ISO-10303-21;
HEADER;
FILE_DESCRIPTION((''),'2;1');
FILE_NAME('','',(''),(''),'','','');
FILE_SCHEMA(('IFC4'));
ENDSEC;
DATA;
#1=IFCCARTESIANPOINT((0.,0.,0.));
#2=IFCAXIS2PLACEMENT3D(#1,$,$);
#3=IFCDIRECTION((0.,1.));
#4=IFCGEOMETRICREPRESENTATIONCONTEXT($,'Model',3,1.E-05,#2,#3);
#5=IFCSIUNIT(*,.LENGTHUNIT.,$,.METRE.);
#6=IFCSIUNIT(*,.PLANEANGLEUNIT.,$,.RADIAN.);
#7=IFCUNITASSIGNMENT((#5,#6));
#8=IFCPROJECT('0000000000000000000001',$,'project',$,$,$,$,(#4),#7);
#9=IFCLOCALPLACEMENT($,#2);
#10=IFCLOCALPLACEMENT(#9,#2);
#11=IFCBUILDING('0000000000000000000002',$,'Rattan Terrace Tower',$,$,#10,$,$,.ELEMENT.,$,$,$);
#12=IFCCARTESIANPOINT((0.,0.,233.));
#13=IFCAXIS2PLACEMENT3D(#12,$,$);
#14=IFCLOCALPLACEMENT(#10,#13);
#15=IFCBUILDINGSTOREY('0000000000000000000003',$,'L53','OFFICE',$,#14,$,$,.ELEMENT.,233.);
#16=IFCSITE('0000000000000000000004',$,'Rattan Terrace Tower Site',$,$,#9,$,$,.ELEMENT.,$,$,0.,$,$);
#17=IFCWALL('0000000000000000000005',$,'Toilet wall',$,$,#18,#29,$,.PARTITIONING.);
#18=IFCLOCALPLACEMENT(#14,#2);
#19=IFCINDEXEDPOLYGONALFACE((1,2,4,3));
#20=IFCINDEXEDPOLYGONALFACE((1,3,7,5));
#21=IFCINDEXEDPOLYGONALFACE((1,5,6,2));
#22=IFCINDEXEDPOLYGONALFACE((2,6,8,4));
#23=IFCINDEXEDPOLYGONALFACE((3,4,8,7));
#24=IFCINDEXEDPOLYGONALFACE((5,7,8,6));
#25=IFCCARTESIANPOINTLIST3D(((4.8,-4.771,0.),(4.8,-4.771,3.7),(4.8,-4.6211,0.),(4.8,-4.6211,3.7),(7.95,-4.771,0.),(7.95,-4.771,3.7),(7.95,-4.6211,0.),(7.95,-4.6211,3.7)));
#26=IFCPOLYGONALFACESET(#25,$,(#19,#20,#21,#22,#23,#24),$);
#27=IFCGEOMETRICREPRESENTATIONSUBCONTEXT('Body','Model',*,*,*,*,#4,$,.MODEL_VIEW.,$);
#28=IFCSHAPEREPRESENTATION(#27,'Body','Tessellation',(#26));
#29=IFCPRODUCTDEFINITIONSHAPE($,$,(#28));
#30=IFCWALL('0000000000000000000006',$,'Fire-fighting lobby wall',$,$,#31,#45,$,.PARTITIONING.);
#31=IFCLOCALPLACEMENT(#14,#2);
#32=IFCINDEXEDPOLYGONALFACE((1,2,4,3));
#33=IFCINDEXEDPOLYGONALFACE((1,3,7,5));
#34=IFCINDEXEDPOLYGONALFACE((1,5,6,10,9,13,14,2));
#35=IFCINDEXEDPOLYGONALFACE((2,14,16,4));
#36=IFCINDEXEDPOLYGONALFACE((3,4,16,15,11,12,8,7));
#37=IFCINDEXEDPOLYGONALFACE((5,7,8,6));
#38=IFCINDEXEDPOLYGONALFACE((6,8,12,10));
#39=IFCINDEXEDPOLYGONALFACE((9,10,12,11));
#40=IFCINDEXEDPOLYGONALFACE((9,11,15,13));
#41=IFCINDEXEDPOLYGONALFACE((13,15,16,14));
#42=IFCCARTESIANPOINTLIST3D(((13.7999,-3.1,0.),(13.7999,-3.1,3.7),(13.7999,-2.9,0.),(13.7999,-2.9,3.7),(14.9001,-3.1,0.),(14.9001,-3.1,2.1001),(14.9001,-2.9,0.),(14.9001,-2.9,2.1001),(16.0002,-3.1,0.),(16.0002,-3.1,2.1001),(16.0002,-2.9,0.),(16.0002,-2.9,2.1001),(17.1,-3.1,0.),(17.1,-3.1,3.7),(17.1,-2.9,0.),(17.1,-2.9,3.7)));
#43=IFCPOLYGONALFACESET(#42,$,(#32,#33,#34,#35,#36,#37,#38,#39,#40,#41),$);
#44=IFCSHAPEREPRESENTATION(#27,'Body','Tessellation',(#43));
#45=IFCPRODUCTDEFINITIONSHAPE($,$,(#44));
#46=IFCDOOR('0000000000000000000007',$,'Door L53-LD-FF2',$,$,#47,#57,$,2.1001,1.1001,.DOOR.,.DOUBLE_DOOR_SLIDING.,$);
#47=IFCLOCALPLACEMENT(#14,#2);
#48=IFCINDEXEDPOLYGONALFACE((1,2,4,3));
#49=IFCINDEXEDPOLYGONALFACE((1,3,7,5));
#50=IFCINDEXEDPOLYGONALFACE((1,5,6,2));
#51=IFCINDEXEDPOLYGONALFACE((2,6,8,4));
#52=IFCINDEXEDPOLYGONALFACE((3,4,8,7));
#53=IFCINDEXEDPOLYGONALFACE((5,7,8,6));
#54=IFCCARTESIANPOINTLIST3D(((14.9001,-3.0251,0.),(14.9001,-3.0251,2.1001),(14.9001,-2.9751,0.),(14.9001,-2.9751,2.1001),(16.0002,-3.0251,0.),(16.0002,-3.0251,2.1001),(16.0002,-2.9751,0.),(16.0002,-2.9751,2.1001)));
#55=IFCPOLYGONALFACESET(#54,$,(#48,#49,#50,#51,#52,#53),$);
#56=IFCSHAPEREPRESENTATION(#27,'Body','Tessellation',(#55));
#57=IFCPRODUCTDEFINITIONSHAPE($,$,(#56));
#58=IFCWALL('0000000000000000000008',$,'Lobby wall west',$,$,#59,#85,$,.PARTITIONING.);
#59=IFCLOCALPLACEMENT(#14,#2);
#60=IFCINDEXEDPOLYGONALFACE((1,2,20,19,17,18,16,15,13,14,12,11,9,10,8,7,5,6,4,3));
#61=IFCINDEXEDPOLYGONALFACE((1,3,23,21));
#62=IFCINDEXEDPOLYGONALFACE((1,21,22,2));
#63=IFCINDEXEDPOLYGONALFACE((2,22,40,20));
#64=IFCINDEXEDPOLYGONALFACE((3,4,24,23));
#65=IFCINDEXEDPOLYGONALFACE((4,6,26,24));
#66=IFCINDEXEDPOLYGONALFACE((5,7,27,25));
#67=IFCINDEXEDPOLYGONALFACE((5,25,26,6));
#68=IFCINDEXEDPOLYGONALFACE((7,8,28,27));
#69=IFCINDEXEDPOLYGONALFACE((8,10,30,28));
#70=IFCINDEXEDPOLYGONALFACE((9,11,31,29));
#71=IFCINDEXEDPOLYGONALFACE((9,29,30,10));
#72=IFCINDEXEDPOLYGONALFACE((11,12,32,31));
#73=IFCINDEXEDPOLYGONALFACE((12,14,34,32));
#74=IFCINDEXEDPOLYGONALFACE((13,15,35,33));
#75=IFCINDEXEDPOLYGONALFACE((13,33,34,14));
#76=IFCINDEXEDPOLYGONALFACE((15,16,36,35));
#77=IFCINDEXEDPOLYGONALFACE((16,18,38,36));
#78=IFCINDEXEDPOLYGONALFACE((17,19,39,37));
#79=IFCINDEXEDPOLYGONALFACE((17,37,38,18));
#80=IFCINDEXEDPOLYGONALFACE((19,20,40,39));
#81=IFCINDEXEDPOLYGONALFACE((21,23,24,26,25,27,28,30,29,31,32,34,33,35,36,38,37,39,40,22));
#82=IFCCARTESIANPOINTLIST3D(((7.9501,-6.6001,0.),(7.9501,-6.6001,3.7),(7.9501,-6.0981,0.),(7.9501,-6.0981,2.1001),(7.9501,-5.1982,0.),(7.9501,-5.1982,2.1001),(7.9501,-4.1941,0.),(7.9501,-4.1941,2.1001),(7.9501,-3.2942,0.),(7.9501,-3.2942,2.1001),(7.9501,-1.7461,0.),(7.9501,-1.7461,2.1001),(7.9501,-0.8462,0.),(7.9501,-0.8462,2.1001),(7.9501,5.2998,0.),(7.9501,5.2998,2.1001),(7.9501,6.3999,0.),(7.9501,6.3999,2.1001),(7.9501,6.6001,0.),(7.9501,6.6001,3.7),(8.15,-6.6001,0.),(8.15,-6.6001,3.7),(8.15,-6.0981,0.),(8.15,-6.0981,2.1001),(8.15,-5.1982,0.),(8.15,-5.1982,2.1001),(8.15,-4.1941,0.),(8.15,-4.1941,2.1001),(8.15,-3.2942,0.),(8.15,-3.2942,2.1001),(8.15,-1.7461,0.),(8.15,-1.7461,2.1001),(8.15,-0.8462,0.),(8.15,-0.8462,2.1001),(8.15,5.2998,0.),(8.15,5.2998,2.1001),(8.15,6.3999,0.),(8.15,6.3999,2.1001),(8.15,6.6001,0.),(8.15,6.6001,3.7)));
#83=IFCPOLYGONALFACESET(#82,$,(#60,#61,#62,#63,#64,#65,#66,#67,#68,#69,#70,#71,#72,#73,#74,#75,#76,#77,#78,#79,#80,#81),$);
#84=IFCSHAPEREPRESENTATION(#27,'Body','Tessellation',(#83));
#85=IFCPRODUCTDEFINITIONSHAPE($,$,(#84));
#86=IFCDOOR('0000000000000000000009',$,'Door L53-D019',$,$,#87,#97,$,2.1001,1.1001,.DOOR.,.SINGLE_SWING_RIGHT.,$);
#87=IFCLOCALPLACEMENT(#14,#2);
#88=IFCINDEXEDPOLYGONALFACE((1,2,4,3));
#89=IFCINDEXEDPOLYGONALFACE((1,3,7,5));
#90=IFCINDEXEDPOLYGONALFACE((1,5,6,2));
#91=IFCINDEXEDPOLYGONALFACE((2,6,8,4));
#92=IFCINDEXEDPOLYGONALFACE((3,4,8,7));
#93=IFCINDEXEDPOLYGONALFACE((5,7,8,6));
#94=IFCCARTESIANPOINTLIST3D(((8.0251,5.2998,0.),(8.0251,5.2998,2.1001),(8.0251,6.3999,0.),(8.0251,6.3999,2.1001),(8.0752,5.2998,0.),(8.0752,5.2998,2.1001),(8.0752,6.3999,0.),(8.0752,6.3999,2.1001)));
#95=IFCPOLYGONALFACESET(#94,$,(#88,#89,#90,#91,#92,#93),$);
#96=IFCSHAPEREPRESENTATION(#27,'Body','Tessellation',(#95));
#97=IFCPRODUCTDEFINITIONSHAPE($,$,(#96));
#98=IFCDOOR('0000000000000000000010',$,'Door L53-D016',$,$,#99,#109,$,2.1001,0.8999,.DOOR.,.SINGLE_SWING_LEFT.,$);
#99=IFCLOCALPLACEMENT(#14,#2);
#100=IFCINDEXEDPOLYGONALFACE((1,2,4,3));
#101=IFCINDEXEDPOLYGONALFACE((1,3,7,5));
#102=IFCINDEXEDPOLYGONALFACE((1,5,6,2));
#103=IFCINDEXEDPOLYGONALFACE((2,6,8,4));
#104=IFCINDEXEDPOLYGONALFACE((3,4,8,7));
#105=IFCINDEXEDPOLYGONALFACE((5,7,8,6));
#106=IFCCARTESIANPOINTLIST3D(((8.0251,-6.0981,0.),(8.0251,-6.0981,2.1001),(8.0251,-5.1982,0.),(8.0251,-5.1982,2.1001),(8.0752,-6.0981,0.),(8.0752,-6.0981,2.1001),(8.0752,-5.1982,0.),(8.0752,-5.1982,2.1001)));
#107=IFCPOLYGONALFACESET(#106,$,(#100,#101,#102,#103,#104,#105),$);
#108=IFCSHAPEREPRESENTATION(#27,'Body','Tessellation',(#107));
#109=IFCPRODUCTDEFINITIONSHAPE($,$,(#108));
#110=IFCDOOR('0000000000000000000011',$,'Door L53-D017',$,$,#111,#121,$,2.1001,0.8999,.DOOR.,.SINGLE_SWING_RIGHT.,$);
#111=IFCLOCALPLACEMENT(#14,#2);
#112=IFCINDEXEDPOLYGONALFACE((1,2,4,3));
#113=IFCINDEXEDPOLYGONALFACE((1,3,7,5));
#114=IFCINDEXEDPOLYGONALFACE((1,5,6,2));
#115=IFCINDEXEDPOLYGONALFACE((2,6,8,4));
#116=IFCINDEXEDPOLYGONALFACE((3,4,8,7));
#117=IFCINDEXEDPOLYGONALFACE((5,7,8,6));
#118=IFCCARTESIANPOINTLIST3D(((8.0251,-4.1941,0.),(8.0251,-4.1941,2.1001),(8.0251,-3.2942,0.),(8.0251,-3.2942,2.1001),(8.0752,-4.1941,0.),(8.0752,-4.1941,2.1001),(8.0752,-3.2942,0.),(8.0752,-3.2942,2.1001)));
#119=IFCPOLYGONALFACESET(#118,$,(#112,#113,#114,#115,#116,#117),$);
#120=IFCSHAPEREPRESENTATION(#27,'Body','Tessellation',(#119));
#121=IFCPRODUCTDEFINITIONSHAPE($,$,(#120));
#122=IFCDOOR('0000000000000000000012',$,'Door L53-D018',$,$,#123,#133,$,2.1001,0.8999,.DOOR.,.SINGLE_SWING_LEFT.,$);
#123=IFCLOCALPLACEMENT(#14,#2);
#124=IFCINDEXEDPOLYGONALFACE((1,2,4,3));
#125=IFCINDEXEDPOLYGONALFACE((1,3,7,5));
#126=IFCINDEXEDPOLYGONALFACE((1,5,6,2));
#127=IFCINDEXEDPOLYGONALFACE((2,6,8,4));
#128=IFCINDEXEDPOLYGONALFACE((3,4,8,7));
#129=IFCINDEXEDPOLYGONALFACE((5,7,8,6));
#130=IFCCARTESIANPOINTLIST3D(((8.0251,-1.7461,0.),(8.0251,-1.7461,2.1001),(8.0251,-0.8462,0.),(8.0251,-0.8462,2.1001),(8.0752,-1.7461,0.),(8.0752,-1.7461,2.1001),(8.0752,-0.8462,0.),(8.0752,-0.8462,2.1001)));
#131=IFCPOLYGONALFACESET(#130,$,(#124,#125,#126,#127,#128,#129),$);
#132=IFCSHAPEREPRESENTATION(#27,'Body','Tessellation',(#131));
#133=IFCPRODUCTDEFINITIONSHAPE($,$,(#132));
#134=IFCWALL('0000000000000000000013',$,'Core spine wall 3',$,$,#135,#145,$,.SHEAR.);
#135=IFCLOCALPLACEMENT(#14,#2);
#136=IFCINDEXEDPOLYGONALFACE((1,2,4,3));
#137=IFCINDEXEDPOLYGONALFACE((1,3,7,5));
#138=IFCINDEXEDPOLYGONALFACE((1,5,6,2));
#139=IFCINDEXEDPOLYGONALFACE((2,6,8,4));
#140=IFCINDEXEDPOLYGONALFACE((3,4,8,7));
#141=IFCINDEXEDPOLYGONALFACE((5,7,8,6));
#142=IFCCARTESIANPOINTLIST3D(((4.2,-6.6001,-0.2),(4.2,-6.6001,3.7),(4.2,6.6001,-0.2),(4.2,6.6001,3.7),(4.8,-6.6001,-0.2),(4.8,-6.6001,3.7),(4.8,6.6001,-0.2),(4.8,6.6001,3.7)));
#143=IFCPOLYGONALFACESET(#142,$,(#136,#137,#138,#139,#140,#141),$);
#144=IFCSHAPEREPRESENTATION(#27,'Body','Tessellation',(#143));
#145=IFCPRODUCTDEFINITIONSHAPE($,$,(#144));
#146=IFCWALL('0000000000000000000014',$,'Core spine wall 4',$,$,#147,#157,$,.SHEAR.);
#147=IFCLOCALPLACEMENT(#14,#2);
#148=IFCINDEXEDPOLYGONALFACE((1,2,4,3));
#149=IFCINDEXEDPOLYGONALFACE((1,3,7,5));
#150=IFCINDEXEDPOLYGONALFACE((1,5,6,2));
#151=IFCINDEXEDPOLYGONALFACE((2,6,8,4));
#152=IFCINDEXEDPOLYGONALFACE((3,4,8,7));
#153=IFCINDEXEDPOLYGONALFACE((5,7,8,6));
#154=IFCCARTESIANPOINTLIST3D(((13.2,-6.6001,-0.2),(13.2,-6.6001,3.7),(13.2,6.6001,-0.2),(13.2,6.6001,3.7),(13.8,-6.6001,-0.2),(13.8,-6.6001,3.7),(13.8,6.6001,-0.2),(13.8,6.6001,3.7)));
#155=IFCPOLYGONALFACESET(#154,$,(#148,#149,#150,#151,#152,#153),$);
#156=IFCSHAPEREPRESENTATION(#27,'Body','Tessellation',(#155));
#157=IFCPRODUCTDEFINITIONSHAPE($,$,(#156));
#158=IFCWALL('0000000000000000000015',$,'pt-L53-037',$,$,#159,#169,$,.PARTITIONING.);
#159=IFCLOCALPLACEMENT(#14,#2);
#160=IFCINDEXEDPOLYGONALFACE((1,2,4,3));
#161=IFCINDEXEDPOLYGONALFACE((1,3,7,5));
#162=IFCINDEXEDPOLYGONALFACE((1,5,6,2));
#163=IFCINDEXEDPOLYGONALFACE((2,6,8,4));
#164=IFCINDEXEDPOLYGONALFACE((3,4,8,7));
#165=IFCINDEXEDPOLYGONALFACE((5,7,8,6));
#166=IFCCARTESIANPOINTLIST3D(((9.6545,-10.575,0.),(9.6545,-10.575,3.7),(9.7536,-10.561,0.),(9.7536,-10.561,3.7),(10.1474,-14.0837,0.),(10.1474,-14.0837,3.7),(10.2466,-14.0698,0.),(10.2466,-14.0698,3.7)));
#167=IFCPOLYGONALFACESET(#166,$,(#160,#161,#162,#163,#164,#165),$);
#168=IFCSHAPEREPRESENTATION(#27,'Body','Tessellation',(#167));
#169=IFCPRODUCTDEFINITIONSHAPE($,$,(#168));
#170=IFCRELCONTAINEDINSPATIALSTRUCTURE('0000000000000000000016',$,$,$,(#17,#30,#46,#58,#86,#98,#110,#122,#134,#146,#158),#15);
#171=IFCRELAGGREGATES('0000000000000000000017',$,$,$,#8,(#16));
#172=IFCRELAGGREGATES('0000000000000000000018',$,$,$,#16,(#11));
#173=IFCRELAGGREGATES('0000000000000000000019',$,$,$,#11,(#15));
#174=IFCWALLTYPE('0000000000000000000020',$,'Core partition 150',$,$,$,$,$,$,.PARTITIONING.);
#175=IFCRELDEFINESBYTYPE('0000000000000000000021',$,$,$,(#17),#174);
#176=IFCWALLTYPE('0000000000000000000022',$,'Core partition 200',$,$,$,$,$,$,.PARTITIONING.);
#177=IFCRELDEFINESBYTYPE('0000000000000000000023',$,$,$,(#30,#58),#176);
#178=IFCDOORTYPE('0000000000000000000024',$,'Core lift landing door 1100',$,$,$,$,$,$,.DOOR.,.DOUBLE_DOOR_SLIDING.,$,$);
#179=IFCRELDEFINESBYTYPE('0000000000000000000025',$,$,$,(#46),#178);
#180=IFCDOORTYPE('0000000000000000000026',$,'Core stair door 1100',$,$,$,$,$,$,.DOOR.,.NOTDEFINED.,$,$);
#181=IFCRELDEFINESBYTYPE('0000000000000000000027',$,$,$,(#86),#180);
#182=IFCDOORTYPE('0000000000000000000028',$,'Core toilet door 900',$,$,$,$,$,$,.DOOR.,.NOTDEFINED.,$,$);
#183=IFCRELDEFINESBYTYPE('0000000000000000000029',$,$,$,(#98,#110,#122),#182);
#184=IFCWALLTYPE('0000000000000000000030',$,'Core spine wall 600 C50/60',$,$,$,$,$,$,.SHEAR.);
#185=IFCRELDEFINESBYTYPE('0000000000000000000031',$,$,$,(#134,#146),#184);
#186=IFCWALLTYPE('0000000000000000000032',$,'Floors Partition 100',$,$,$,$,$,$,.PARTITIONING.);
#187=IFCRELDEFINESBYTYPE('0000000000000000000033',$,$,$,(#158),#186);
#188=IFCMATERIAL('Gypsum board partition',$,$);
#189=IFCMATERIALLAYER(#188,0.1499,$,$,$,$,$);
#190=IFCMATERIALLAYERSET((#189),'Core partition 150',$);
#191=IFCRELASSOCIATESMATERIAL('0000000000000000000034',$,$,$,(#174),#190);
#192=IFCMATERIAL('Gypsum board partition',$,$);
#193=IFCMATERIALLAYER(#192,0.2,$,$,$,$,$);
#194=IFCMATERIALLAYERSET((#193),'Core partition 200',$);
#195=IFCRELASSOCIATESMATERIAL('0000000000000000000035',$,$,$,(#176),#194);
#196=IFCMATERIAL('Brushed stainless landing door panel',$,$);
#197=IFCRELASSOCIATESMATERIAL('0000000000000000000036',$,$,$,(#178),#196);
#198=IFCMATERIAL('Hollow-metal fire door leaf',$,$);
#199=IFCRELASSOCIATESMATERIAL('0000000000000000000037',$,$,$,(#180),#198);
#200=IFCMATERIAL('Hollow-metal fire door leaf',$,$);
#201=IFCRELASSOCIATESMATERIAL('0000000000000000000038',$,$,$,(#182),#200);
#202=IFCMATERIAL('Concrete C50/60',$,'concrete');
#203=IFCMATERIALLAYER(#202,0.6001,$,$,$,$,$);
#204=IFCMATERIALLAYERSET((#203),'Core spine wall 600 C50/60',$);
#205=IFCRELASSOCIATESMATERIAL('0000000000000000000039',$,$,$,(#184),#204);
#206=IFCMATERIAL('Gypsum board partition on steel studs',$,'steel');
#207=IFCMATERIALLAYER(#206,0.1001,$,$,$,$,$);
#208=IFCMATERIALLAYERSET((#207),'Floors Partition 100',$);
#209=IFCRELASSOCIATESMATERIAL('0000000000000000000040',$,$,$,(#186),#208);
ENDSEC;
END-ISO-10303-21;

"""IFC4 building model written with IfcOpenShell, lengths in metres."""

from ifc_helpers import new_model, si_unit, direction, frame, frame_2d, origin, place, context, subcontext, project, spatial, rectangle, extrude, material, layer, layer_set, type_object, element, fill, save


model = new_model("IFC4")

# Units and contexts
model_context = context("Model", 3, precision=1e-05, world=origin(), true_north=direction((0.0, 1.0)))
body_context = subcontext(model_context, "Body", "Model", "MODEL_VIEW")
ifc_project = project(units=[si_unit("LENGTHUNIT", "METRE"), si_unit("PLANEANGLEUNIT", "RADIAN")], contexts=[model_context])

# Site, building, storey
site_placement = place(None, origin())
site = spatial("IfcSite", under=ifc_project, at=site_placement, Name="Rattan Terrace Tower Site", CompositionType="ELEMENT", RefElevation=0.0)
building_placement = place(site_placement, origin())
building = spatial("IfcBuilding", under=site, at=building_placement, Name="Rattan Terrace Tower", CompositionType="ELEMENT")
storey_placement = place(building_placement, frame((0.0, 0.0, 233.0)))
storey = spatial("IfcBuildingStorey", under=building, at=storey_placement, Name="L53", Description="OFFICE", CompositionType="ELEMENT", Elevation=233.0)

# Wall
ifc_material_1 = material(Name="Gypsum board partition")
ifc_layer_1 = layer(ifc_material_1, 0.1499)
ifc_layer_set_1 = layer_set([ifc_layer_1], Name="Core partition 150")
wall_type_1 = type_object("IfcWallType", Name="Core partition 150", PredefinedType="PARTITIONING", material=ifc_layer_set_1)
wall_1_placement = place(storey_placement, frame((4.8, -4.696, 0.0), z_axis=(0.0, 0.0, 1.0), x_axis=(1.0, 0.0, 0.0)))
element("IfcWall", 1, at=wall_1_placement, inside=storey, type_object=wall_type_1, Name="Toilet wall", PredefinedType="PARTITIONING", context=body_context, shape_type="SweptSolid", body=[
    extrude(rectangle(XDim=3.1499, YDim=0.1499, at=frame_2d((1.575, 0.0))), origin(), (0.0, 0.0, 1.0), 3.7),
])

# Wall, opening, door
ifc_material_2 = material(Name="Gypsum board partition")
ifc_layer_2 = layer(ifc_material_2, 0.2)
ifc_layer_set_2 = layer_set([ifc_layer_2], Name="Core partition 200")
wall_type_2 = type_object("IfcWallType", Name="Core partition 200", PredefinedType="PARTITIONING", material=ifc_layer_set_2)
wall_2_placement = place(storey_placement, frame((13.8, -3.0, 0.0), z_axis=(0.0, 0.0, 1.0), x_axis=(1.0, 0.0, 0.0)))
wall_2 = element("IfcWall", 2, at=wall_2_placement, inside=storey, type_object=wall_type_2, Name="Fire-fighting lobby wall", PredefinedType="PARTITIONING", context=body_context, shape_type="SweptSolid", body=[
    extrude(rectangle(XDim=3.3, YDim=0.2, at=frame_2d((1.6499, 0.0))), origin(), (0.0, 0.0, 1.0), 3.7),
])
opening_1_placement = place(wall_2_placement, frame((1.1001, 0.0, 0.0)))
opening_1 = element("IfcOpeningElement", 3, at=opening_1_placement, cuts=wall_2, PredefinedType="OPENING", context=body_context, shape_type="SweptSolid", body=[
    extrude(rectangle(XDim=1.1001, YDim=2.1001, at=frame_2d((0.55, 1.05))), frame((0.0, 0.1106, 0.0), z_axis=(0.0, -1.0, 0.0), x_axis=(1.0, 0.0, 0.0)), (0.0, 0.0, 1.0), 0.2209),
])
ifc_material_3 = material(Name="Brushed stainless landing door panel")
door_type_1 = type_object("IfcDoorType", Name="Core lift landing door 1100", OperationType="DOUBLE_DOOR_SLIDING", PredefinedType="DOOR", material=ifc_material_3)
door_1_placement = place(opening_1_placement, origin())
door_1 = element("IfcDoor", 4, at=door_1_placement, inside=storey, type_object=door_type_1, Name="Door L53-LD-FF2", OperationType="DOUBLE_DOOR_SLIDING", OverallHeight=2.1001, OverallWidth=1.1001, PredefinedType="DOOR", context=body_context, shape_type="SweptSolid", body=[
    extrude(rectangle(XDim=1.1001, YDim=2.1001, at=frame_2d((0.55, 1.05))), frame((0.0, 0.0249, 0.0), z_axis=(0.0, -1.0, 0.0), x_axis=(1.0, 0.0, 0.0)), (0.0, 0.0, 1.0), 0.05),
])
fill(opening_1, door_1)

# Wall, openings, doors
wall_3_placement = place(storey_placement, frame((8.05, -6.6001, 0.0), z_axis=(0.0, 0.0, 1.0), x_axis=(0.0, 1.0, 0.0)))
wall_3 = element("IfcWall", 5, at=wall_3_placement, inside=storey, type_object=wall_type_2, Name="Lobby wall west", PredefinedType="PARTITIONING", context=body_context, shape_type="SweptSolid", body=[
    extrude(rectangle(XDim=13.2002, YDim=0.2, at=frame_2d((6.6001, 0.0))), origin(), (0.0, 0.0, 1.0), 3.7),
])
opening_2_placement = place(wall_3_placement, frame((0.502, 0.0, 0.0)))
opening_2 = element("IfcOpeningElement", 6, at=opening_2_placement, cuts=wall_3, PredefinedType="OPENING", context=body_context, shape_type="SweptSolid", body=[
    extrude(rectangle(XDim=0.8999, YDim=2.1001, at=frame_2d((0.45, 1.05))), frame((0.0, 0.1106, 0.0), z_axis=(0.0, -1.0, 0.0), x_axis=(1.0, 0.0, 0.0)), (0.0, 0.0, 1.0), 0.2209),
])
opening_3_placement = place(wall_3_placement, frame((2.406, 0.0, 0.0)))
opening_3 = element("IfcOpeningElement", 7, at=opening_3_placement, cuts=wall_3, PredefinedType="OPENING", context=body_context, shape_type="SweptSolid", body=[
    extrude(rectangle(XDim=0.8999, YDim=2.1001, at=frame_2d((0.45, 1.05))), frame((0.0, 0.1106, 0.0), z_axis=(0.0, -1.0, 0.0), x_axis=(1.0, 0.0, 0.0)), (0.0, 0.0, 1.0), 0.2209),
])
opening_4_placement = place(wall_3_placement, frame((4.854, 0.0, 0.0)))
opening_4 = element("IfcOpeningElement", 8, at=opening_4_placement, cuts=wall_3, PredefinedType="OPENING", context=body_context, shape_type="SweptSolid", body=[
    extrude(rectangle(XDim=0.8999, YDim=2.1001, at=frame_2d((0.45, 1.05))), frame((0.0, 0.1106, 0.0), z_axis=(0.0, -1.0, 0.0), x_axis=(1.0, 0.0, 0.0)), (0.0, 0.0, 1.0), 0.2209),
])
opening_5_placement = place(wall_3_placement, frame((11.8999, 0.0, 0.0)))
opening_5 = element("IfcOpeningElement", 9, at=opening_5_placement, cuts=wall_3, PredefinedType="OPENING", context=body_context, shape_type="SweptSolid", body=[
    extrude(rectangle(XDim=1.1001, YDim=2.1001, at=frame_2d((0.55, 1.05))), frame((0.0, 0.1106, 0.0), z_axis=(0.0, -1.0, 0.0), x_axis=(1.0, 0.0, 0.0)), (0.0, 0.0, 1.0), 0.2209),
])
ifc_material_4 = material(Name="Hollow-metal fire door leaf")
door_type_2 = type_object("IfcDoorType", Name="Core stair door 1100", OperationType="NOTDEFINED", PredefinedType="DOOR", material=ifc_material_4)
door_2_placement = place(opening_5_placement, origin())
door_2 = element("IfcDoor", 10, at=door_2_placement, inside=storey, type_object=door_type_2, Name="Door L53-D019", OperationType="SINGLE_SWING_RIGHT", OverallHeight=2.1001, OverallWidth=1.1001, PredefinedType="DOOR", context=body_context, shape_type="SweptSolid", body=[
    extrude(rectangle(XDim=1.1001, YDim=2.1001, at=frame_2d((0.55, 1.05))), frame((0.0, 0.0249, 0.0), z_axis=(0.0, -1.0, 0.0), x_axis=(1.0, 0.0, 0.0)), (0.0, 0.0, 1.0), 0.05),
])
fill(opening_5, door_2)
ifc_material_5 = material(Name="Hollow-metal fire door leaf")
door_type_3 = type_object("IfcDoorType", Name="Core toilet door 900", OperationType="NOTDEFINED", PredefinedType="DOOR", material=ifc_material_5)
door_3_placement = place(opening_2_placement, origin())
door_3 = element("IfcDoor", 11, at=door_3_placement, inside=storey, type_object=door_type_3, Name="Door L53-D016", OperationType="SINGLE_SWING_LEFT", OverallHeight=2.1001, OverallWidth=0.8999, PredefinedType="DOOR", context=body_context, shape_type="SweptSolid", body=[
    extrude(rectangle(XDim=0.8999, YDim=2.1001, at=frame_2d((0.45, 1.05))), frame((0.0, 0.0249, 0.0), z_axis=(0.0, -1.0, 0.0), x_axis=(1.0, 0.0, 0.0)), (0.0, 0.0, 1.0), 0.05),
])
fill(opening_2, door_3)
door_4_placement = place(opening_3_placement, origin())
door_4 = element("IfcDoor", 12, at=door_4_placement, inside=storey, type_object=door_type_3, Name="Door L53-D017", OperationType="SINGLE_SWING_RIGHT", OverallHeight=2.1001, OverallWidth=0.8999, PredefinedType="DOOR", context=body_context, shape_type="SweptSolid", body=[
    extrude(rectangle(XDim=0.8999, YDim=2.1001, at=frame_2d((0.45, 1.05))), frame((0.0, 0.0249, 0.0), z_axis=(0.0, -1.0, 0.0), x_axis=(1.0, 0.0, 0.0)), (0.0, 0.0, 1.0), 0.05),
])
fill(opening_3, door_4)
door_5_placement = place(opening_4_placement, origin())
door_5 = element("IfcDoor", 13, at=door_5_placement, inside=storey, type_object=door_type_3, Name="Door L53-D018", OperationType="SINGLE_SWING_LEFT", OverallHeight=2.1001, OverallWidth=0.8999, PredefinedType="DOOR", context=body_context, shape_type="SweptSolid", body=[
    extrude(rectangle(XDim=0.8999, YDim=2.1001, at=frame_2d((0.45, 1.05))), frame((0.0, 0.0249, 0.0), z_axis=(0.0, -1.0, 0.0), x_axis=(1.0, 0.0, 0.0)), (0.0, 0.0, 1.0), 0.05),
])
fill(opening_4, door_5)

# Walls
ifc_material_6 = material(Name="Concrete C50/60", Category="concrete")
ifc_layer_3 = layer(ifc_material_6, 0.6001)
ifc_layer_set_3 = layer_set([ifc_layer_3], Name="Core spine wall 600 C50/60")
wall_type_3 = type_object("IfcWallType", Name="Core spine wall 600 C50/60", PredefinedType="SHEAR", material=ifc_layer_set_3)
for number, where, z_axis, x_axis, name in (
    (14, (4.5, -6.6001, -0.2), (0.0, 0.0, 1.0), (0.0, 1.0, 0.0), "Core spine wall 3"),
    (15, (13.5, -6.6001, -0.2), (0.0, 0.0, 1.0), (0.0, 1.0, 0.0), "Core spine wall 4"),
):
    element("IfcWall", number, at=place(storey_placement, frame(where, z_axis=z_axis, x_axis=x_axis)), inside=storey, type_object=wall_type_3, Name=name, PredefinedType="SHEAR", context=body_context, shape_type="SweptSolid", body=[
        extrude(rectangle(XDim=13.2002, YDim=0.6001, at=frame_2d((6.6001, 0.0))), origin(), (0.0, 0.0, 1.0), 3.8999),
    ])
ifc_material_7 = material(Name="Gypsum board partition on steel studs", Category="steel")
ifc_layer_4 = layer(ifc_material_7, 0.1001)
ifc_layer_set_4 = layer_set([ifc_layer_4], Name="Floors Partition 100")
wall_type_4 = type_object("IfcWallType", Name="Floors Partition 100", PredefinedType="PARTITIONING", material=ifc_layer_set_4)
wall_4_placement = place(storey_placement, frame((9.7041, -10.5681, 0.0), z_axis=(0.0, 0.0, 1.0), x_axis=(0.139115, -0.990276, 0.0)))
element("IfcWall", 16, at=wall_4_placement, inside=storey, type_object=wall_type_4, Name="pt-L53-037", PredefinedType="PARTITIONING", context=body_context, shape_type="SweptSolid", body=[
    extrude(rectangle(XDim=3.5432, YDim=0.1001, at=frame_2d((1.7715, 0.0))), origin(), (0.0, 0.0, 1.0), 3.7),
])

save(model, "model.ifc")
